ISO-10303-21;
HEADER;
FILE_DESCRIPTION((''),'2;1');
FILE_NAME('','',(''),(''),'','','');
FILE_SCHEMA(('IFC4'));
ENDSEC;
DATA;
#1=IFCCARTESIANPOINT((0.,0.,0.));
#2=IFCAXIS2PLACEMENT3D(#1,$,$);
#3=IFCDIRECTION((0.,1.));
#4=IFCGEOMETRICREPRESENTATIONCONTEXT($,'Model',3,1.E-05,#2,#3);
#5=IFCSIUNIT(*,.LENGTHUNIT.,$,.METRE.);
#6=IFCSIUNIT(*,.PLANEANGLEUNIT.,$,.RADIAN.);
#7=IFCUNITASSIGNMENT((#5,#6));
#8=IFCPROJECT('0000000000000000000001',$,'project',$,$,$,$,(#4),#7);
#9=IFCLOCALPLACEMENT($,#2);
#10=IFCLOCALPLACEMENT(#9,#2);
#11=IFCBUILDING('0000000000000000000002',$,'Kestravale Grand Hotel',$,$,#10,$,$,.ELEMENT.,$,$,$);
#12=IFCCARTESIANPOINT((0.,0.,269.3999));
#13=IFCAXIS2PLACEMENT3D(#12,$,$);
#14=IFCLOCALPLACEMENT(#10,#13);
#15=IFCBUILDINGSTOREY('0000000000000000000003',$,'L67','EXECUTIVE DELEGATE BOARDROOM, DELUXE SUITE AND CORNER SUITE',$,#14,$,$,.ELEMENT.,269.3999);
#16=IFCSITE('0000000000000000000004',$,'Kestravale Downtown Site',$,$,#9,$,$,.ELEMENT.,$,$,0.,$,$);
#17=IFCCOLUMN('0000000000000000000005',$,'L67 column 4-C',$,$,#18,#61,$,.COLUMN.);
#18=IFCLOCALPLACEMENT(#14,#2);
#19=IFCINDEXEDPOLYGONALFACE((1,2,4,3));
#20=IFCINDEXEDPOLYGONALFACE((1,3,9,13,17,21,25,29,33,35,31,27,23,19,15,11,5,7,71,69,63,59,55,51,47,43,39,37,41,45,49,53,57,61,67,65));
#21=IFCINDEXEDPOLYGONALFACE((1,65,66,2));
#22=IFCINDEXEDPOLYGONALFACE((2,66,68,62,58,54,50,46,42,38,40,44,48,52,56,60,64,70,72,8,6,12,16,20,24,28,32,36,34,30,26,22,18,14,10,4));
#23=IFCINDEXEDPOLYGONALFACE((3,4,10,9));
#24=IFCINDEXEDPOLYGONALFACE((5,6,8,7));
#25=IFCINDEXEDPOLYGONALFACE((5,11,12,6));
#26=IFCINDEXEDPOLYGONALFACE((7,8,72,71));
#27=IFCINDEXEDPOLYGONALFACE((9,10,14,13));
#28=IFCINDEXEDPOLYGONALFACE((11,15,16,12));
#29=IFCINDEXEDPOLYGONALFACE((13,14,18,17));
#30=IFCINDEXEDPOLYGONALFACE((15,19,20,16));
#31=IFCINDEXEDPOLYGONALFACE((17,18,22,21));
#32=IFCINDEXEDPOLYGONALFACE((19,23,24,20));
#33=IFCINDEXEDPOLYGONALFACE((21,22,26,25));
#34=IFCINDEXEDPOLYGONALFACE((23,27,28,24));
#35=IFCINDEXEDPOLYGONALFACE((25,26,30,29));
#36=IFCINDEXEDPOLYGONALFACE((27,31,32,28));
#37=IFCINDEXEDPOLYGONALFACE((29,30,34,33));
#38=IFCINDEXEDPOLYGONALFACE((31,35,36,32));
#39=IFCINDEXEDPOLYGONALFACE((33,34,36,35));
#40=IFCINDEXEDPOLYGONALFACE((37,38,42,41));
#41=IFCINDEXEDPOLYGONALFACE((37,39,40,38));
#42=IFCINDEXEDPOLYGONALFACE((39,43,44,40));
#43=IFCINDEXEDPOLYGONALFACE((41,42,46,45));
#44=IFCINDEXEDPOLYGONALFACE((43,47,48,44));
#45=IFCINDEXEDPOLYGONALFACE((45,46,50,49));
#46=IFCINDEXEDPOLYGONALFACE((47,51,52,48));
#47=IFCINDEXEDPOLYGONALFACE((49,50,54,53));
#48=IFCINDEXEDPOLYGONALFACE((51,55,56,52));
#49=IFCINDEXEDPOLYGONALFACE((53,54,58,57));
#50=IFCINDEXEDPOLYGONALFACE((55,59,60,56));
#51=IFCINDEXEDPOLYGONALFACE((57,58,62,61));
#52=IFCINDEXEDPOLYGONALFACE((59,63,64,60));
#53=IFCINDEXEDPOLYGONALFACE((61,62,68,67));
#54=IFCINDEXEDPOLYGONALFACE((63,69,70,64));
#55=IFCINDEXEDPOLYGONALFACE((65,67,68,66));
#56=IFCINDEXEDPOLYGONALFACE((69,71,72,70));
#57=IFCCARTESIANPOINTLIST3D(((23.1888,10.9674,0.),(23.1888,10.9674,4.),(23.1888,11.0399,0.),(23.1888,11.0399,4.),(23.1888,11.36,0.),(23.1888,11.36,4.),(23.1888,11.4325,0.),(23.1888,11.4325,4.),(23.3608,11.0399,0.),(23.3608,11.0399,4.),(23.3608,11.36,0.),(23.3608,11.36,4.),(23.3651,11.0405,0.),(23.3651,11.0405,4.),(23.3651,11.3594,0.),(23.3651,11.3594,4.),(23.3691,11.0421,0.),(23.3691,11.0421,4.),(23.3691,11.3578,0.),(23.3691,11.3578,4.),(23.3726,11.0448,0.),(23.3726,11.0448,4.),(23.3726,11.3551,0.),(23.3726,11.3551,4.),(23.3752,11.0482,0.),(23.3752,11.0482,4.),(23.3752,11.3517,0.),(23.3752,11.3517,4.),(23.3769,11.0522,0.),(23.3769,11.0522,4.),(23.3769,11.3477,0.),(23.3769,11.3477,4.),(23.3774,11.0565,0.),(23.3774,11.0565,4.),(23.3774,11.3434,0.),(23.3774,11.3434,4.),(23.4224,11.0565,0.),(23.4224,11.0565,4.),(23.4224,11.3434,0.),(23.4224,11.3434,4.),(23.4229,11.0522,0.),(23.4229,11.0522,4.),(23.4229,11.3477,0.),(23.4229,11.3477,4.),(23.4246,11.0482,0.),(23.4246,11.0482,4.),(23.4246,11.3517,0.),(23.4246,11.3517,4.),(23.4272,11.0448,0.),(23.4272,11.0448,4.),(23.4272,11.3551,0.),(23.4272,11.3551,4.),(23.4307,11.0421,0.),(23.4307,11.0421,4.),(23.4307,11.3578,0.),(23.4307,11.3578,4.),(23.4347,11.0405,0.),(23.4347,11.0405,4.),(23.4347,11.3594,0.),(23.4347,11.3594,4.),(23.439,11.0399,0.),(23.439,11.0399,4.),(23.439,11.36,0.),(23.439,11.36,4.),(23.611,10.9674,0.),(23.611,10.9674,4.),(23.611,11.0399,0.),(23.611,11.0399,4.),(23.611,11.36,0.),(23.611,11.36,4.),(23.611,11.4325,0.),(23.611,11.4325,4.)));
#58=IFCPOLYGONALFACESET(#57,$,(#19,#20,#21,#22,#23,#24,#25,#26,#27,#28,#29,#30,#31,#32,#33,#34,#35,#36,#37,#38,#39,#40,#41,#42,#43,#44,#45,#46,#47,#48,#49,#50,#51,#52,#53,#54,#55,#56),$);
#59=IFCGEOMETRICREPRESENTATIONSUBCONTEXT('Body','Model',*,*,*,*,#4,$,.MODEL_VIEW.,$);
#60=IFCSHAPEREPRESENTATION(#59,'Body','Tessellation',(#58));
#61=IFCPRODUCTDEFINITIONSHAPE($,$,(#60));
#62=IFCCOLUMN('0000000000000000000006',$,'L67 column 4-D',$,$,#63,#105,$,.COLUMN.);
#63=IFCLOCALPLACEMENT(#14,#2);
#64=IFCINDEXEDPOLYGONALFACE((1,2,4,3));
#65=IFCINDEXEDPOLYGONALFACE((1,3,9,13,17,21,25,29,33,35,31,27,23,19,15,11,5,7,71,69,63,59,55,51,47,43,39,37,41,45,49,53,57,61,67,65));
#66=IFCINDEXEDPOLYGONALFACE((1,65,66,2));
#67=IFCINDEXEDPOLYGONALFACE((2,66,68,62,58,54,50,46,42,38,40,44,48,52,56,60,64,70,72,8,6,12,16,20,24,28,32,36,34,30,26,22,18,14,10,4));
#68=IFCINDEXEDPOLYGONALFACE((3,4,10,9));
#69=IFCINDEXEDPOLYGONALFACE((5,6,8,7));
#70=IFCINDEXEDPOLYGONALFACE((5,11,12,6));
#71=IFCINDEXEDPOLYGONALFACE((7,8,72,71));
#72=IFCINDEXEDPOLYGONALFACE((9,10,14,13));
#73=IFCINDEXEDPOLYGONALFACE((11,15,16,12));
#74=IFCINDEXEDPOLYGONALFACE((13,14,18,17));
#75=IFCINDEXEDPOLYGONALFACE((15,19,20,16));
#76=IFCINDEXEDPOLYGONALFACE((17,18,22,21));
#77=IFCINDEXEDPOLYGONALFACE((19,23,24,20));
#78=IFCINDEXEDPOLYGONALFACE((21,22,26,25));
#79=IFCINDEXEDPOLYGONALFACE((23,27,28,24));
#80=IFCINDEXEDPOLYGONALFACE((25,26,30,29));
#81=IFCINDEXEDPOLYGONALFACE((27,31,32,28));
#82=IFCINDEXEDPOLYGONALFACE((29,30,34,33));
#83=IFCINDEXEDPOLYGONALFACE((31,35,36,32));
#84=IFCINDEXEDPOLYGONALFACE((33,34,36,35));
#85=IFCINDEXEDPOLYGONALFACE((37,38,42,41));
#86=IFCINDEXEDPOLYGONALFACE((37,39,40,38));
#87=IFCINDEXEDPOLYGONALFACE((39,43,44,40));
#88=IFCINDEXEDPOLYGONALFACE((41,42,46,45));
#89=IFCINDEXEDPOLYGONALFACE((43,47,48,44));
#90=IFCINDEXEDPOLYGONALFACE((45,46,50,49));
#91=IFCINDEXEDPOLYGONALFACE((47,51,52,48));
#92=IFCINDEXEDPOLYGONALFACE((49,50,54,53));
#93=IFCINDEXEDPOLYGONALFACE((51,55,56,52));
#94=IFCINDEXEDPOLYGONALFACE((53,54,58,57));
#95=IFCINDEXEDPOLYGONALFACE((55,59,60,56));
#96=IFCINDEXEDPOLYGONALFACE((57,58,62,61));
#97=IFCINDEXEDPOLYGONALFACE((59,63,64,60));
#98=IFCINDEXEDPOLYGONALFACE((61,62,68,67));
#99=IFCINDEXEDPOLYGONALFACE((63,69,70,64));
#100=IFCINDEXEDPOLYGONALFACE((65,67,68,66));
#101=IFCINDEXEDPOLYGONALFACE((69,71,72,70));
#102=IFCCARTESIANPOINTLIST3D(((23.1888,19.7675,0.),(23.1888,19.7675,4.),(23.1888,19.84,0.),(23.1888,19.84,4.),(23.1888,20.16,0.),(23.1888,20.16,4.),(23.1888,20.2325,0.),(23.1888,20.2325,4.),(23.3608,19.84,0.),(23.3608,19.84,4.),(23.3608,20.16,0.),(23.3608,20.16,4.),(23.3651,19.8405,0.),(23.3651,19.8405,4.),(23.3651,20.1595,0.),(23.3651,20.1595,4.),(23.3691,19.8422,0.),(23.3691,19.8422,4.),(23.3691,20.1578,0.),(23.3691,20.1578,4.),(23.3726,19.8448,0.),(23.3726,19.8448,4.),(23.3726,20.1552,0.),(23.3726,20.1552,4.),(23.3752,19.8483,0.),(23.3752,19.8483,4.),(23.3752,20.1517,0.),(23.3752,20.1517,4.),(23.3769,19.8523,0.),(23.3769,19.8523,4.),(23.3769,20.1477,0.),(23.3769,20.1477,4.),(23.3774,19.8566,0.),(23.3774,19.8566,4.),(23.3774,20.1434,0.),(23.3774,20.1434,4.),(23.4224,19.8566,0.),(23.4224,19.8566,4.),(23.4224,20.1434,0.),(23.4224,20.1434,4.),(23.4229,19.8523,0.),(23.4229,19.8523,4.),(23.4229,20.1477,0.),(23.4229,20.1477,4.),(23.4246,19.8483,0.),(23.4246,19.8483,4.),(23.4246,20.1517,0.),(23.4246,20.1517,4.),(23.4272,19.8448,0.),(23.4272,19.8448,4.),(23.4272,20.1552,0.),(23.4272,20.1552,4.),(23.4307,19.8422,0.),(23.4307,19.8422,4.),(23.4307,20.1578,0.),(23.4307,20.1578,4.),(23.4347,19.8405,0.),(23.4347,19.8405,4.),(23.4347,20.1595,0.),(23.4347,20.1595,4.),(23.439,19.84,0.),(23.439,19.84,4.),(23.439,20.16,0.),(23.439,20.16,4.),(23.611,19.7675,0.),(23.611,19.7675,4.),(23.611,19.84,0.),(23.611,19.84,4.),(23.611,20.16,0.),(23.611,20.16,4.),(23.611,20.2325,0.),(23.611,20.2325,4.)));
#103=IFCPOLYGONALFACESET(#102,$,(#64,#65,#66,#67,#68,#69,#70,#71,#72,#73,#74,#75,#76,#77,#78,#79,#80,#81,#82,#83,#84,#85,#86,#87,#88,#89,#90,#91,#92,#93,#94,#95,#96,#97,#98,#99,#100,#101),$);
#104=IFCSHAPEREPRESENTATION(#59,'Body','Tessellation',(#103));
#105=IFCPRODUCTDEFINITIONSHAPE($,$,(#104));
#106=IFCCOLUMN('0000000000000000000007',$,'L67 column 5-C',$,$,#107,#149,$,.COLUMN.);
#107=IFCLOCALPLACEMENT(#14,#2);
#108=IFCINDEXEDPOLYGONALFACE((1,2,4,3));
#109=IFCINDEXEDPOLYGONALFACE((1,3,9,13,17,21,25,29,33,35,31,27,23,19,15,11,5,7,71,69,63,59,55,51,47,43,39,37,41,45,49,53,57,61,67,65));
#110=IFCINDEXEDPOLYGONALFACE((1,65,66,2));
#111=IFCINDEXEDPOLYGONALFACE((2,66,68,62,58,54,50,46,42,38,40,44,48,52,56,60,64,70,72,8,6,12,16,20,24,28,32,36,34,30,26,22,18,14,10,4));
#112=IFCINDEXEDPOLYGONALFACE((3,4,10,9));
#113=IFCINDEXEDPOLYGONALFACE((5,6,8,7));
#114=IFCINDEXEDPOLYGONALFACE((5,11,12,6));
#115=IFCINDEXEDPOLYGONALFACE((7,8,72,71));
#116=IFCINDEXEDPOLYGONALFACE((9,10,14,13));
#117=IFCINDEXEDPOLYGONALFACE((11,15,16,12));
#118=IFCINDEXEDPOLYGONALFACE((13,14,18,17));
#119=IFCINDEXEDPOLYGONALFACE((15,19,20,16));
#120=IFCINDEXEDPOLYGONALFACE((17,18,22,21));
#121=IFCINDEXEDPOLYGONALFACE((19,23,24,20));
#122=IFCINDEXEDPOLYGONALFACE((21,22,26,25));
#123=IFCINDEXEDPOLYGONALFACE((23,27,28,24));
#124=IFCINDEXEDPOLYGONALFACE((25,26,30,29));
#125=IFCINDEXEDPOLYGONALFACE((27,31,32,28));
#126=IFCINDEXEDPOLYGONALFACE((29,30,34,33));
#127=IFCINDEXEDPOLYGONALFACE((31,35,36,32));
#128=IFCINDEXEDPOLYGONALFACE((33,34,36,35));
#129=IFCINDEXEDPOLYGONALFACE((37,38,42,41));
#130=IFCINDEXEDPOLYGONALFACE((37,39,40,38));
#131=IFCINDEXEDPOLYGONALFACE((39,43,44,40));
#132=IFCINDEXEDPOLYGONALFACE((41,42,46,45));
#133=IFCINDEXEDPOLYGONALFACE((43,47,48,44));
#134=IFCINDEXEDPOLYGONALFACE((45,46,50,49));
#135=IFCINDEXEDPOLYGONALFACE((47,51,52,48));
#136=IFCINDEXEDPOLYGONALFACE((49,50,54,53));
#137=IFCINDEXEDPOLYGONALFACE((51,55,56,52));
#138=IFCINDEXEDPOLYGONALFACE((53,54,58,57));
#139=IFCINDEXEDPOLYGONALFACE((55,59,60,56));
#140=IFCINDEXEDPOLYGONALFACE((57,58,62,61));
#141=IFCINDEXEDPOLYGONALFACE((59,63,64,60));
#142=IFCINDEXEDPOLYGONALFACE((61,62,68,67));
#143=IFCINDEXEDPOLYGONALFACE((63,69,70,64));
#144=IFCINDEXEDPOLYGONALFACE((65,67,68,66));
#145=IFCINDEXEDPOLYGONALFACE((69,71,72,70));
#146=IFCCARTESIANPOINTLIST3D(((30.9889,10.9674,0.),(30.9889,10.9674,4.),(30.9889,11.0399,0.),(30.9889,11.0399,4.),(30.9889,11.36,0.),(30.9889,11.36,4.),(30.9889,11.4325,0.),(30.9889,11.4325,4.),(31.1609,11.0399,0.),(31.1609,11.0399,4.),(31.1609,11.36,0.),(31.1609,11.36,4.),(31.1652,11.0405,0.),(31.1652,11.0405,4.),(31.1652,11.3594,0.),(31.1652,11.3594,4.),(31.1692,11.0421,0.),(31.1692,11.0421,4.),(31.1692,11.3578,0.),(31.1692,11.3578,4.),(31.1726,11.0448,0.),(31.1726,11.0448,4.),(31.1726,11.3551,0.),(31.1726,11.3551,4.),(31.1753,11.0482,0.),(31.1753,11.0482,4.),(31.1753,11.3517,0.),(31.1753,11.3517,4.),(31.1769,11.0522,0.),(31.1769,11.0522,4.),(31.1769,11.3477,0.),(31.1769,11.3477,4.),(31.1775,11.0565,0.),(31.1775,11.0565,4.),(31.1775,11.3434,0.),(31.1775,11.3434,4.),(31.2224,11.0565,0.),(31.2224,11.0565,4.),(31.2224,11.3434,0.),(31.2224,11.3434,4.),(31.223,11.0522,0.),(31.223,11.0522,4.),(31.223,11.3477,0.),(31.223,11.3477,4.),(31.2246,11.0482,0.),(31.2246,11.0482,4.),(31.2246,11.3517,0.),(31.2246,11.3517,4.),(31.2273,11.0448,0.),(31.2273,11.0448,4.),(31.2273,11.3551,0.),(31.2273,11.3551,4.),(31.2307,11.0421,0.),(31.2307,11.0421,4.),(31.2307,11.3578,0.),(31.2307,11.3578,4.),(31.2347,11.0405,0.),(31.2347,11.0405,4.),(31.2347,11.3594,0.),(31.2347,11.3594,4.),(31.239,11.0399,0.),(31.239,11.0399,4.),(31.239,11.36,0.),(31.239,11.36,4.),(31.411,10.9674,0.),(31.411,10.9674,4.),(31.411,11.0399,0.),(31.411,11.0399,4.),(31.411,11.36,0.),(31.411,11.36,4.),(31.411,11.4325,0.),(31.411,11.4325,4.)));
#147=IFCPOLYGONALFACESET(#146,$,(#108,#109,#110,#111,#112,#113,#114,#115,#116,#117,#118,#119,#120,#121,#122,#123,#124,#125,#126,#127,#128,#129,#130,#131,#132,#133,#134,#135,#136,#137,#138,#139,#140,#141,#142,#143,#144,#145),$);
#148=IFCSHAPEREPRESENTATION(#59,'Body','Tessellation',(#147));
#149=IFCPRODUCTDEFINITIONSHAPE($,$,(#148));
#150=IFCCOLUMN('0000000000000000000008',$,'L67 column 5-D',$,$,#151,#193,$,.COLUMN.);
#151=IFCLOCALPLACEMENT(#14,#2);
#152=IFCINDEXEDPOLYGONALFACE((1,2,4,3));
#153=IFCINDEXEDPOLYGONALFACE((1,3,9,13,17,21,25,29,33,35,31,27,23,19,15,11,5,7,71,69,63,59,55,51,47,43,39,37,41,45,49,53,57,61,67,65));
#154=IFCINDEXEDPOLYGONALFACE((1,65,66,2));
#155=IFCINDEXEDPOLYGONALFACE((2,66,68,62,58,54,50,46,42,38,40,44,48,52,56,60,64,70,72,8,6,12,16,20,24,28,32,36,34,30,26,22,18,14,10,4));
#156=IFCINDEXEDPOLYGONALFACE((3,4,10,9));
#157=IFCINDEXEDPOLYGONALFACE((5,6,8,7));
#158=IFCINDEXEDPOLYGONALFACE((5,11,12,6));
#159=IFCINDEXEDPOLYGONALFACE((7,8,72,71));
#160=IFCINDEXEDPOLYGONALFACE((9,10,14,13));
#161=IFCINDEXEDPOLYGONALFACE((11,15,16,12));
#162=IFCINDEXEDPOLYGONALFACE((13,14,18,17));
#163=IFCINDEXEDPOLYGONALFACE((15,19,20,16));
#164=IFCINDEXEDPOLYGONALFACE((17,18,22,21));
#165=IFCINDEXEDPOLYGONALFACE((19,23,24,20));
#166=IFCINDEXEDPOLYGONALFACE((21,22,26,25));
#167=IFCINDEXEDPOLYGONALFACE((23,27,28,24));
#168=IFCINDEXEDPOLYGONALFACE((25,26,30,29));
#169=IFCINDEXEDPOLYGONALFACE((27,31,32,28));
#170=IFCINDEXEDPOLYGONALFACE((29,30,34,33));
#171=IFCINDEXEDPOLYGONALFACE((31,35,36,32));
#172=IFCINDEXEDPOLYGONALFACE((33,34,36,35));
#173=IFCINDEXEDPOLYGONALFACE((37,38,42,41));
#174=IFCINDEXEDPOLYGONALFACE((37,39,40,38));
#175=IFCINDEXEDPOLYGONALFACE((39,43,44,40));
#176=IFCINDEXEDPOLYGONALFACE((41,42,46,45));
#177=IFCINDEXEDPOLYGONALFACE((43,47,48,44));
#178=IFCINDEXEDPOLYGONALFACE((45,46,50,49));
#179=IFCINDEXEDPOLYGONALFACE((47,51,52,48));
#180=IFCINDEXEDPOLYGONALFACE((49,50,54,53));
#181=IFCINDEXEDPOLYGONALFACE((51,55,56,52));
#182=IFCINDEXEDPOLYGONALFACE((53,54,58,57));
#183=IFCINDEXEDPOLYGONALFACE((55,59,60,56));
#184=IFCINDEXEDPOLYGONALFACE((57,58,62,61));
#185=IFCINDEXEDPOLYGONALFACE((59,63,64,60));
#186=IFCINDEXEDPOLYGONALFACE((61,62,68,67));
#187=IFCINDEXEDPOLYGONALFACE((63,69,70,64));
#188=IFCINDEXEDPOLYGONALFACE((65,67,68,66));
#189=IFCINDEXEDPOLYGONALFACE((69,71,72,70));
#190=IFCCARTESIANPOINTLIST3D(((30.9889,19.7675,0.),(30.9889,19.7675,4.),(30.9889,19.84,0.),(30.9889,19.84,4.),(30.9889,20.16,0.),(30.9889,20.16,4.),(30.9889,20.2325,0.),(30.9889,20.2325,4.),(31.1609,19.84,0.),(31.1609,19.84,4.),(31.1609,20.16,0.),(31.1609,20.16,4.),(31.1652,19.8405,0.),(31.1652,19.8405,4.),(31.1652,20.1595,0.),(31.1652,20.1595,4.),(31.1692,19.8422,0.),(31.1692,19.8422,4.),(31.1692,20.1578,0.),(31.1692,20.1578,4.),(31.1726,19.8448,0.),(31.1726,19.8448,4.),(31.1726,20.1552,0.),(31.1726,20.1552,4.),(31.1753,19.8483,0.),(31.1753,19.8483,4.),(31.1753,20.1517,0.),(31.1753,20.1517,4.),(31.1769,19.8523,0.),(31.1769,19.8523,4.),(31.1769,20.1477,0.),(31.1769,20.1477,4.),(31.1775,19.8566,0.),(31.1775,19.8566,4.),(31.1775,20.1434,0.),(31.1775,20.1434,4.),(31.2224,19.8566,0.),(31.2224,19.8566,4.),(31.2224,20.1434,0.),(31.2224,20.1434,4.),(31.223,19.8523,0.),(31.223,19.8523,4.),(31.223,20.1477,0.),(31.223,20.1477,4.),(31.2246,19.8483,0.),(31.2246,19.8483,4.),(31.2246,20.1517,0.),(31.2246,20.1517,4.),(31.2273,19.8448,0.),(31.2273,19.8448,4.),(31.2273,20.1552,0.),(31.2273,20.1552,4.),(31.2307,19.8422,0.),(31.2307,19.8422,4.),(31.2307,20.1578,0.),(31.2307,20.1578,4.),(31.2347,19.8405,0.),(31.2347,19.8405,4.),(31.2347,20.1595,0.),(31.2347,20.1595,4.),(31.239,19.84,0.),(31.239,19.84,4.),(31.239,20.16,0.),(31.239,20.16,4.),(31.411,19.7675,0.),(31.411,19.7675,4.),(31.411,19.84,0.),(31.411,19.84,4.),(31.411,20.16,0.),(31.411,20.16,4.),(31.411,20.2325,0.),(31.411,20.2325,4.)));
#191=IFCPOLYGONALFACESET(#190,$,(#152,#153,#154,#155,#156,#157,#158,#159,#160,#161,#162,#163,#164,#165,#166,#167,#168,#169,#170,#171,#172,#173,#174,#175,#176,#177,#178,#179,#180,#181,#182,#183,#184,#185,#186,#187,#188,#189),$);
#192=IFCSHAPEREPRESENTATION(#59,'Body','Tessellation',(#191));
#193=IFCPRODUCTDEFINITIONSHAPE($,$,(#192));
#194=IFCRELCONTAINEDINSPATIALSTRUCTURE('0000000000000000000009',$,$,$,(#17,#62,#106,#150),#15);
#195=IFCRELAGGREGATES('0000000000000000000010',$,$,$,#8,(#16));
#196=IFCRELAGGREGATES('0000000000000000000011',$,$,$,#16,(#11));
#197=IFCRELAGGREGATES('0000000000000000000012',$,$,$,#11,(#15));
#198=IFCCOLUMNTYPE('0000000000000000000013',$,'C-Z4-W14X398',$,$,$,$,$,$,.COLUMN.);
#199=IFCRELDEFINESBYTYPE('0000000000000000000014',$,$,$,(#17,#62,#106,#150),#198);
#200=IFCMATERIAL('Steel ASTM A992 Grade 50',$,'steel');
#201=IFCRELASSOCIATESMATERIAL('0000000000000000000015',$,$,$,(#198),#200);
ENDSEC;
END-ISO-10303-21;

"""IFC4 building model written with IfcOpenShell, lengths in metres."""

from ifc_helpers import new_model, si_unit, direction, frame, origin, origin_2d, place, context, subcontext, project, spatial, i_section, extrude, material, material_profile, profile_set, type_object, element, save


model = new_model("IFC4")

# Units and contexts
model_context = context("Model", 3, precision=1e-05, world=origin(), true_north=direction((0.0, 1.0)))
body_context = subcontext(model_context, "Body", "Model", "MODEL_VIEW")
ifc_project = project(units=[si_unit("LENGTHUNIT", "METRE"), si_unit("PLANEANGLEUNIT", "RADIAN")], contexts=[model_context])

# Site, building, storey
site_placement = place(None, origin())
site = spatial("IfcSite", under=ifc_project, at=site_placement, Name="Kestravale Downtown Site", CompositionType="ELEMENT", RefElevation=0.0)
building_placement = place(site_placement, origin())
building = spatial("IfcBuilding", under=site, at=building_placement, Name="Kestravale Grand Hotel", CompositionType="ELEMENT")
storey_placement = place(building_placement, frame((0.0, 0.0, 269.3999)))
storey = spatial("IfcBuildingStorey", under=building, at=storey_placement, Name="L67", Description="EXECUTIVE DELEGATE BOARDROOM, DELUXE SUITE AND CORNER SUITE", CompositionType="ELEMENT", Elevation=269.3999)

# Columns
ifc_material_1 = material(Name="Steel ASTM A992 Grade 50", Category="steel")
ifc_material_profile_1 = material_profile(ifc_material_1, i_section(OverallWidth=0.4221, OverallDepth=0.4651, WebThickness=0.0449, FlangeThickness=0.0725, FilletRadius=0.0166, at=origin_2d()))
ifc_profile_set_1 = profile_set([ifc_material_profile_1], Name="Steel ASTM A992 Grade 50")
column_type = type_object("IfcColumnType", Name="C-Z4-W14X398", PredefinedType="COLUMN", material=ifc_profile_set_1)
for number, where, z_axis, x_axis, name in (
    (1, (23.3999, 11.2, 0.0), (0.0, 0.0, 1.0), (1.0, 0.0, 0.0), "L67 column 4-C"),
    (2, (23.3999, 20.0, 0.0), (0.0, 0.0, 1.0), (1.0, 0.0, 0.0), "L67 column 4-D"),
    (3, (31.2, 11.2, 0.0), (0.0, 0.0, 1.0), (1.0, 0.0, 0.0), "L67 column 5-C"),
    (4, (31.2, 20.0, 0.0), (0.0, 0.0, 1.0), (1.0, 0.0, 0.0), "L67 column 5-D"),
):
    element("IfcColumn", number, at=place(storey_placement, frame(where, z_axis=z_axis, x_axis=x_axis)), inside=storey, type_object=column_type, Name=name, PredefinedType="COLUMN", context=body_context, shape_type="SweptSolid", body=[
        extrude(i_section(OverallWidth=0.4221, OverallDepth=0.4651, WebThickness=0.0449, FlangeThickness=0.0725, FilletRadius=0.0166, at=origin_2d()), origin(), (0.0, 0.0, 1.0), 4.0),
    ])

save(model, "model.ifc")
